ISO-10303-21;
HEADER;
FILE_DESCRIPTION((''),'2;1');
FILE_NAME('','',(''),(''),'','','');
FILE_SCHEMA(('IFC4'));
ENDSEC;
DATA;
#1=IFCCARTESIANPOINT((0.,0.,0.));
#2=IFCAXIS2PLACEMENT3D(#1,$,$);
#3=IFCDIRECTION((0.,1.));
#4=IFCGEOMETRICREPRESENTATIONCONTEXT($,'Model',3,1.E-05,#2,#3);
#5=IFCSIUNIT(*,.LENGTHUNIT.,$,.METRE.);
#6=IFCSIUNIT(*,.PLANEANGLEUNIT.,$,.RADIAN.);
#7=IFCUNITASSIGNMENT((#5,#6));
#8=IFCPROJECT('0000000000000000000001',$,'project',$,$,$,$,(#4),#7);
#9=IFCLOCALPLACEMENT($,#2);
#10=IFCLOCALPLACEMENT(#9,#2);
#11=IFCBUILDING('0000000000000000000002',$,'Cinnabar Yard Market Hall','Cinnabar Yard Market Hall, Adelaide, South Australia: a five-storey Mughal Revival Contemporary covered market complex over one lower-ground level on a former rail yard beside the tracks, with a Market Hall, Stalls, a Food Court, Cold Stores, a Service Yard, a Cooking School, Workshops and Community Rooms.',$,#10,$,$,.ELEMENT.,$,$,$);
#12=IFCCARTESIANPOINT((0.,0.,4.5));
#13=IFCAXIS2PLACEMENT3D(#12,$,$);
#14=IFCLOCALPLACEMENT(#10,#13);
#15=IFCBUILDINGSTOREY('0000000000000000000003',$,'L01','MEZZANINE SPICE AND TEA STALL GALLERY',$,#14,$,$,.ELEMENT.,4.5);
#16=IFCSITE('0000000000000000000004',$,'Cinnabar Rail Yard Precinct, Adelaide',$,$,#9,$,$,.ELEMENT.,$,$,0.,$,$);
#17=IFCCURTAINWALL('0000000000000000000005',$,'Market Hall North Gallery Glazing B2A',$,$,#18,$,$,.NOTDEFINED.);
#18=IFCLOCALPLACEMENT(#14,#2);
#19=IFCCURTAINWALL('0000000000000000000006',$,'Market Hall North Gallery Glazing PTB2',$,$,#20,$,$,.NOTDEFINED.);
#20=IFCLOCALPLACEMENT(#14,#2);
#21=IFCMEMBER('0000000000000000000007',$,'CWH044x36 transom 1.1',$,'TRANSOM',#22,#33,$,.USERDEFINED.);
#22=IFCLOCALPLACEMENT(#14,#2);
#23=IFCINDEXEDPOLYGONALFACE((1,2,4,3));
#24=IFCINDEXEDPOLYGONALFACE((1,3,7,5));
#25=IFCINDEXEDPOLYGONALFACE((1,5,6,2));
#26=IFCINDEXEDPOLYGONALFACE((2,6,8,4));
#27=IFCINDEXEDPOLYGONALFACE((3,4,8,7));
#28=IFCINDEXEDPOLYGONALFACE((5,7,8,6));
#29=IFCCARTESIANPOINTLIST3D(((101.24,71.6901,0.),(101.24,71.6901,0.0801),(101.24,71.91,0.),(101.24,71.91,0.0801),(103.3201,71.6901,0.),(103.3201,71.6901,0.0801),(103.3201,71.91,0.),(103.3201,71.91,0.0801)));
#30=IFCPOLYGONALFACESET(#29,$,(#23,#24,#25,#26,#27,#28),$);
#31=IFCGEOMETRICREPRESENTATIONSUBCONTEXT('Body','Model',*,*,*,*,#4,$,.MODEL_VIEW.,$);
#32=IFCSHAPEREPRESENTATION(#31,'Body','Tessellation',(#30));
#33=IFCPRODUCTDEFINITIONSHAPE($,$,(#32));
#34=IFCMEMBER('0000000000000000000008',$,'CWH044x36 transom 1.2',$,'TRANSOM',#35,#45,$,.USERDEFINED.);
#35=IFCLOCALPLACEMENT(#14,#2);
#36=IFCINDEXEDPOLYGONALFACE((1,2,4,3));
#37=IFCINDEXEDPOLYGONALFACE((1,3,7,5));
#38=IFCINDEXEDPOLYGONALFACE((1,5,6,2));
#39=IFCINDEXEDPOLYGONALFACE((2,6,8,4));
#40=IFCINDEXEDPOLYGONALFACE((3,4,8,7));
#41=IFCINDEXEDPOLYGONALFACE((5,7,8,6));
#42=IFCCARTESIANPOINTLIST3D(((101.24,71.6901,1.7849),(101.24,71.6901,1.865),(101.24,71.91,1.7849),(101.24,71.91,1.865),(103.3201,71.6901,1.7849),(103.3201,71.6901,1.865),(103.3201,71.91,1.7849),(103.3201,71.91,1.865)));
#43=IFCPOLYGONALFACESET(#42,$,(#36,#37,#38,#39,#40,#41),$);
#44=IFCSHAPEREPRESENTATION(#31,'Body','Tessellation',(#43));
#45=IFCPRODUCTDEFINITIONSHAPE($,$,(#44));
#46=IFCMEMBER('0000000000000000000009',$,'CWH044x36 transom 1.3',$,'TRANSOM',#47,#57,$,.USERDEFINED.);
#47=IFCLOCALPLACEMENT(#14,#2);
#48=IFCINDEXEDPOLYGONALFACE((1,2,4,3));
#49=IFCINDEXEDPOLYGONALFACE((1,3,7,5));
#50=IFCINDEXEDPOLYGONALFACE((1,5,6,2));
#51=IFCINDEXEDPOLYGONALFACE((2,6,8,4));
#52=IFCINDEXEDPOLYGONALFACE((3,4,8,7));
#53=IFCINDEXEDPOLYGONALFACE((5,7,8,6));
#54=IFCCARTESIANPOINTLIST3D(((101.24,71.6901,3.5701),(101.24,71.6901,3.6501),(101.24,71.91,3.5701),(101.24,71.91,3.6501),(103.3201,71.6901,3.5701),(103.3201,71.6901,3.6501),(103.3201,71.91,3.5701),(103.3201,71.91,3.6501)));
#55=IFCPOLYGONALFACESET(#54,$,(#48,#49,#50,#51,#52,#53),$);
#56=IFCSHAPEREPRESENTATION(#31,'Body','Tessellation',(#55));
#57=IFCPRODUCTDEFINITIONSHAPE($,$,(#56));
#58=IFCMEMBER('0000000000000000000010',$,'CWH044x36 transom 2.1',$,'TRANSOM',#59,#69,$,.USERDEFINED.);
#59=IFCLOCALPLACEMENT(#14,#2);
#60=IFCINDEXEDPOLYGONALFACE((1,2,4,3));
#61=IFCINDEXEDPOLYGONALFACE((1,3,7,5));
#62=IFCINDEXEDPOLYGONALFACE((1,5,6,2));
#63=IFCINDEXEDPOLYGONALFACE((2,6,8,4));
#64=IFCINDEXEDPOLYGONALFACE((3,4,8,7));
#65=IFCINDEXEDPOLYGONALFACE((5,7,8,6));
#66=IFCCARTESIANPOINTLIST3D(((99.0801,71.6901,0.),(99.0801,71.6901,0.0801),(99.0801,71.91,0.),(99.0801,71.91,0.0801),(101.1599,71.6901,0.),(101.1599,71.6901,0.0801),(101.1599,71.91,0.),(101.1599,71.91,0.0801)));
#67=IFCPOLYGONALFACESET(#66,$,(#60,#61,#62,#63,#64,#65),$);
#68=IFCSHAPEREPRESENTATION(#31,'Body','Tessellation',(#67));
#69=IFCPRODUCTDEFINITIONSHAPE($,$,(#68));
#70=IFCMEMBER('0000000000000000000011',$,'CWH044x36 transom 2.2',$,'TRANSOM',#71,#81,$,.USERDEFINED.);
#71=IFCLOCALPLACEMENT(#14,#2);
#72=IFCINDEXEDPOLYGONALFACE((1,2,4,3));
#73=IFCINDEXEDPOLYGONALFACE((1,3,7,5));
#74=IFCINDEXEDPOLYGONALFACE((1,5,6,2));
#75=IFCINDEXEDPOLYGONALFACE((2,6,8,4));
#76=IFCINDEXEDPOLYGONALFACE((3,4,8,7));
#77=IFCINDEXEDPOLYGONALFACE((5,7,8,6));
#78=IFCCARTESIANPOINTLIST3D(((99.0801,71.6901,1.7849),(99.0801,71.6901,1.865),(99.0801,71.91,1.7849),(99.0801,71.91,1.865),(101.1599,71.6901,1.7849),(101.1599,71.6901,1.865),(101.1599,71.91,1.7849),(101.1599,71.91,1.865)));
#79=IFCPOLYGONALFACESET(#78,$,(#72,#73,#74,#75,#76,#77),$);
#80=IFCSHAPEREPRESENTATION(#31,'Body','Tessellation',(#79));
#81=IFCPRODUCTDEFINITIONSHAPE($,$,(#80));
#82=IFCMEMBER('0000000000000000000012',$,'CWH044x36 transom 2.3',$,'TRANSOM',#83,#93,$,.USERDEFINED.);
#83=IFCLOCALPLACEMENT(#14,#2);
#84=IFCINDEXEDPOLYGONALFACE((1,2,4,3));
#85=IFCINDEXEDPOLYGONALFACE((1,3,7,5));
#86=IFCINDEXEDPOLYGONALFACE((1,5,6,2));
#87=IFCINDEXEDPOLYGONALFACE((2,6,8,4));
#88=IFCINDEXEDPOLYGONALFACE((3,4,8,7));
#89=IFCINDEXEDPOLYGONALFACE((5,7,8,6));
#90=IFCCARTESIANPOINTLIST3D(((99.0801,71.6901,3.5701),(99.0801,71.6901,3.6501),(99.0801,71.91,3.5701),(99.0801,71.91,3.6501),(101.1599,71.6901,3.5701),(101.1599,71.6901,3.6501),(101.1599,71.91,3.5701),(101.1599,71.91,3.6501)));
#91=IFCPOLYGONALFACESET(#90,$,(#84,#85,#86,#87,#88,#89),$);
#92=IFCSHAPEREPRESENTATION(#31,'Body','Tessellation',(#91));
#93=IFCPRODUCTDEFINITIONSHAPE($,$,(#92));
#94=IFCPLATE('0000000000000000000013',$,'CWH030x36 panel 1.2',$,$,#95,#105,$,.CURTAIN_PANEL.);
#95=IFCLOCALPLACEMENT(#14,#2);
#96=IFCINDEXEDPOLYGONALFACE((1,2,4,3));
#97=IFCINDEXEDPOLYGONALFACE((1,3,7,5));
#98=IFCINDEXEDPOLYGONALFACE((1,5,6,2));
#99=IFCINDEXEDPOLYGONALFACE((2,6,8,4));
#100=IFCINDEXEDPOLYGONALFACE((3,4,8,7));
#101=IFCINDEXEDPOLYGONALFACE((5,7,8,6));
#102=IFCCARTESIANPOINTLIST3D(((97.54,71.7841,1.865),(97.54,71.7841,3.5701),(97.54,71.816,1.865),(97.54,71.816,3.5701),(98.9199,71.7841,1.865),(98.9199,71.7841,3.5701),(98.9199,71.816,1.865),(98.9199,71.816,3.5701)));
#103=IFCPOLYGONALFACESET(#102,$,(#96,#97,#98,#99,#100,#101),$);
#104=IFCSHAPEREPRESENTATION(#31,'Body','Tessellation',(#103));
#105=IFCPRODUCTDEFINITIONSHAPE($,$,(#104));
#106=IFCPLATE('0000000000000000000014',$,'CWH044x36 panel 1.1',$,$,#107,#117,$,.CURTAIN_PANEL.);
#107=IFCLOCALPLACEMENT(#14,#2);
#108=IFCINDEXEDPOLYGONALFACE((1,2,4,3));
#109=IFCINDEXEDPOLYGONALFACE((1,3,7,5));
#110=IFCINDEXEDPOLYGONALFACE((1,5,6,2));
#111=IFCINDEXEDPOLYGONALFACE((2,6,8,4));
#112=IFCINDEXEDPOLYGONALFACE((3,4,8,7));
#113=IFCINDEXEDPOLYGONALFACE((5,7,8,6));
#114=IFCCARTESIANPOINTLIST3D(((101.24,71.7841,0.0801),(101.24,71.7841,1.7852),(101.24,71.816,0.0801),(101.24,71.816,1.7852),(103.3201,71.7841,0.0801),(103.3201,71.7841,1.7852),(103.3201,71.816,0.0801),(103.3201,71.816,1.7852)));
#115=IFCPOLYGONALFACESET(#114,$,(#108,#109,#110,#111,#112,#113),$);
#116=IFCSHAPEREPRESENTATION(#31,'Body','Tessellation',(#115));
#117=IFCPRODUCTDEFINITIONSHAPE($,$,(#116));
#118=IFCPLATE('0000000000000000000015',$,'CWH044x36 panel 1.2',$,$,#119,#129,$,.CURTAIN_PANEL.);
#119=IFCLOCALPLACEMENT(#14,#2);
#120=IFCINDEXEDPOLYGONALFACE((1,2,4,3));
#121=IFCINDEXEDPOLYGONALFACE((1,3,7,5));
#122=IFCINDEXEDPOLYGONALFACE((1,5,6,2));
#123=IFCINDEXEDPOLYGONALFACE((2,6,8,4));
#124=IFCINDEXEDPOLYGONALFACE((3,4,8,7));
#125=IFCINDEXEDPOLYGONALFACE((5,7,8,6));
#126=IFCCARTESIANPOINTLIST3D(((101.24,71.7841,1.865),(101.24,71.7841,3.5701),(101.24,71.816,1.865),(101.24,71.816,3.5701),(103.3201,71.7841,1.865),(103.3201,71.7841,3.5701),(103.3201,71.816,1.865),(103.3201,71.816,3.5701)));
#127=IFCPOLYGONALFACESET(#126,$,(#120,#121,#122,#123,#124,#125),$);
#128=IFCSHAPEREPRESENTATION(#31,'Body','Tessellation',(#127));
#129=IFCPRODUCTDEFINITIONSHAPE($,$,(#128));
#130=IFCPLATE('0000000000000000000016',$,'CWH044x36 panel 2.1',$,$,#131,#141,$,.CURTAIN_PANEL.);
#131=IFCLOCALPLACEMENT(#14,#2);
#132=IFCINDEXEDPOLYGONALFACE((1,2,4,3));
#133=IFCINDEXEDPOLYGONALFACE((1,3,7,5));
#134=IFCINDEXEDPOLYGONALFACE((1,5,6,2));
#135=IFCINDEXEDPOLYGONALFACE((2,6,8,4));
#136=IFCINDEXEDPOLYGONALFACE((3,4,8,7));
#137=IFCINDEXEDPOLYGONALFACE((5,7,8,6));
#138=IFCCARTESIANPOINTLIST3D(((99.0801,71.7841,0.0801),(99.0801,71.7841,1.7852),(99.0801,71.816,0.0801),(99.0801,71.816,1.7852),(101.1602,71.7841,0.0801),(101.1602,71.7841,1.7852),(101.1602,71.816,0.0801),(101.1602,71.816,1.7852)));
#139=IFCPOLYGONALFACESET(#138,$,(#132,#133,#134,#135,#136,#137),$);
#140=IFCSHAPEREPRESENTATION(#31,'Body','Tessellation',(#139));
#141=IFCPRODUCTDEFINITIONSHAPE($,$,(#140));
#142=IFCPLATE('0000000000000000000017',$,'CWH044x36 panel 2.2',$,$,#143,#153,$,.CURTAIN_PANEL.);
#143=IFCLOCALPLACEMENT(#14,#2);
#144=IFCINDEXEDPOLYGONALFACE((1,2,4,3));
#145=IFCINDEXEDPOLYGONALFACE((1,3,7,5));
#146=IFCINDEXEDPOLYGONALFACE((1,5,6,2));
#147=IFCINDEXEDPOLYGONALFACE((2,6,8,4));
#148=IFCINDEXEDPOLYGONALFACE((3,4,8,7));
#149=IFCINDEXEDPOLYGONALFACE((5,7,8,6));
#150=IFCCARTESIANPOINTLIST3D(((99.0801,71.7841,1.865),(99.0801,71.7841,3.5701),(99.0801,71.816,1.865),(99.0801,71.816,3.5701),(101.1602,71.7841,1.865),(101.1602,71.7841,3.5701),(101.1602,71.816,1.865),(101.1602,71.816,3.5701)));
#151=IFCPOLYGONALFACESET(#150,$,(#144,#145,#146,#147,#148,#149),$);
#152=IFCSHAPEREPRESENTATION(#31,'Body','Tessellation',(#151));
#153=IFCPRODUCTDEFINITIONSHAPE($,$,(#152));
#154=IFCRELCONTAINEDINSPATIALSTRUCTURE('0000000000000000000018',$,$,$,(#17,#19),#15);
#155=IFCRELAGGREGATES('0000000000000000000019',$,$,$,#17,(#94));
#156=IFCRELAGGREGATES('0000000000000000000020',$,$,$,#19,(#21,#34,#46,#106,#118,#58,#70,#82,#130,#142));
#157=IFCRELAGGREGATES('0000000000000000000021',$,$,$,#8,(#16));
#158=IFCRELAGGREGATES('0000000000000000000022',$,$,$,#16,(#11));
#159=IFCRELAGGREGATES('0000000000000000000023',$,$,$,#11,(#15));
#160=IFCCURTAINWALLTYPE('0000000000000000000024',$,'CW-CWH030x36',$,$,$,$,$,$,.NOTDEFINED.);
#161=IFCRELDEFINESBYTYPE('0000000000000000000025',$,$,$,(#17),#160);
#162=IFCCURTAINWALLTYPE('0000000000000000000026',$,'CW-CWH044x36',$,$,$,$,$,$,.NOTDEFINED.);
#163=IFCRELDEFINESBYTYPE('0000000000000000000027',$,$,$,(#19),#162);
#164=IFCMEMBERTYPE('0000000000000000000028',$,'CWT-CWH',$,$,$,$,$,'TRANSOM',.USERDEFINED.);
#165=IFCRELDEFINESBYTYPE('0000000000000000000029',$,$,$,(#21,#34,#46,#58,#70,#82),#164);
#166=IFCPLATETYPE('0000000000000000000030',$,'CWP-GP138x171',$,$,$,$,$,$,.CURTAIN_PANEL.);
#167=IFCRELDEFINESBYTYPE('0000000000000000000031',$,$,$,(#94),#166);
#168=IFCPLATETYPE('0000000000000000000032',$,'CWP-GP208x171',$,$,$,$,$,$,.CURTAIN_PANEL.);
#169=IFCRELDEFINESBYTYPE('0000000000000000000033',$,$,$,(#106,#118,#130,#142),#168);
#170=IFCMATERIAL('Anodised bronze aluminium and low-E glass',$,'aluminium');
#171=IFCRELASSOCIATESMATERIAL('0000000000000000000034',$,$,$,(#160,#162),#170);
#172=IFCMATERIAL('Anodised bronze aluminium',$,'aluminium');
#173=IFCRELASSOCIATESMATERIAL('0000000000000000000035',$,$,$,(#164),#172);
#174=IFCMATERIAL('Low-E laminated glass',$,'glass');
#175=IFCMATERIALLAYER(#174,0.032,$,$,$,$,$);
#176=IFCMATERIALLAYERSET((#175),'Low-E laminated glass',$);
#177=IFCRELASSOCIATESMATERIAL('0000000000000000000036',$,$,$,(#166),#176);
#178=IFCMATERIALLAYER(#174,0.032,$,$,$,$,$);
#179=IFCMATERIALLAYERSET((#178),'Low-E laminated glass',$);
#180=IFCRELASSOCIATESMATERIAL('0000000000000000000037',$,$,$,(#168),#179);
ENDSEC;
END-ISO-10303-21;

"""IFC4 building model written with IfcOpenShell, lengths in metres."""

from ifc_helpers import new_model, si_unit, direction, frame, origin, origin_2d_with_axis, place, context, subcontext, project, spatial, rectangle, extrude, material, layer, layer_set, material_profile, profile_set, type_object, element, aggregate, save


model = new_model("IFC4")

# Units and contexts
model_context = context("Model", 3, precision=1e-05, world=origin(), true_north=direction((0.0, 1.0)))
body_context = subcontext(model_context, "Body", "Model", "MODEL_VIEW")
ifc_project = project(units=[si_unit("LENGTHUNIT", "METRE"), si_unit("PLANEANGLEUNIT", "RADIAN")], contexts=[model_context])

# Site, building, storey
site_placement = place(None, origin())
site = spatial("IfcSite", under=ifc_project, at=site_placement, Name="Cinnabar Rail Yard Precinct, Adelaide", CompositionType="ELEMENT", RefElevation=0.0)
building_placement = place(site_placement, origin())
building = spatial("IfcBuilding", under=site, at=building_placement, Name="Cinnabar Yard Market Hall", Description="Cinnabar Yard Market Hall, Adelaide, South Australia: a five-storey Mughal Revival Contemporary covered market complex over one lower-ground level on a former rail yard beside the tracks, with a Market Hall, Stalls, a Food Court, Cold Stores, a Service Yard, a Cooking School, Workshops and Community Rooms.", CompositionType="ELEMENT")
storey_placement = place(building_placement, frame((0.0, 0.0, 4.5)))
storey = spatial("IfcBuildingStorey", under=building, at=storey_placement, Name="L01", Description="MEZZANINE SPICE AND TEA STALL GALLERY", CompositionType="ELEMENT", Elevation=4.5)

# Curtain wall
ifc_material_1 = material(Name="Anodised bronze aluminium and low-E glass", Category="aluminium")
curtain_wall_type_1 = type_object("IfcCurtainWallType", Name="CW-CWH030x36", PredefinedType="NOTDEFINED", material=ifc_material_1)
curtain_wall_1_placement = place(storey_placement, origin())
curtain_wall_1 = element("IfcCurtainWall", 1, at=curtain_wall_1_placement, inside=storey, type_object=curtain_wall_type_1, Name="Market Hall North Gallery Glazing B2A", PredefinedType="NOTDEFINED")
ifc_material_2 = material(Name="Anodised bronze aluminium", Category="aluminium")

# Curtain wall
curtain_wall_type_2 = type_object("IfcCurtainWallType", Name="CW-CWH044x36", PredefinedType="NOTDEFINED", material=ifc_material_1)
curtain_wall_2_placement = place(storey_placement, origin())
curtain_wall_2 = element("IfcCurtainWall", 2, at=curtain_wall_2_placement, inside=storey, type_object=curtain_wall_type_2, Name="Market Hall North Gallery Glazing PTB2", PredefinedType="NOTDEFINED")

# Members
ifc_material_profile_1 = material_profile(ifc_material_2, rectangle(XDim=0.22, YDim=0.0801, at=origin_2d_with_axis()), Name="TRN-CWH")
ifc_profile_set_1 = profile_set([ifc_material_profile_1], Name="Anodised bronze aluminium")
member_type_1 = type_object("IfcMemberType", Name="CWT-CWH", ElementType="TRANSOM", PredefinedType="USERDEFINED", material=ifc_profile_set_1)
member_1_placement = place(storey_placement, frame((103.3201, 71.8, 0.04), z_axis=(-1.0, 0.0, 0.0), x_axis=(0.0, -1.0, 0.0)))
member_1 = element("IfcMember", 3, at=member_1_placement, type_object=member_type_1, Name="CWH044x36 transom 1.1", ObjectType="TRANSOM", PredefinedType="USERDEFINED", context=body_context, shape_type="SweptSolid", body=[
    extrude(rectangle(XDim=0.22, YDim=0.0801, at=origin_2d_with_axis()), origin(), (0.0, 0.0, 1.0), 2.0801),
])
member_2_placement = place(storey_placement, frame((103.3201, 71.8, 1.825), z_axis=(-1.0, 0.0, 0.0), x_axis=(0.0, -1.0, 0.0)))
member_2 = element("IfcMember", 4, at=member_2_placement, type_object=member_type_1, Name="CWH044x36 transom 1.2", ObjectType="TRANSOM", PredefinedType="USERDEFINED", context=body_context, shape_type="SweptSolid", body=[
    extrude(rectangle(XDim=0.22, YDim=0.0801, at=origin_2d_with_axis()), origin(), (0.0, 0.0, 1.0), 2.0801),
])
member_3_placement = place(storey_placement, frame((103.3201, 71.8, 3.6101), z_axis=(-1.0, 0.0, 0.0), x_axis=(0.0, -1.0, 0.0)))
member_3 = element("IfcMember", 5, at=member_3_placement, type_object=member_type_1, Name="CWH044x36 transom 1.3", ObjectType="TRANSOM", PredefinedType="USERDEFINED", context=body_context, shape_type="SweptSolid", body=[
    extrude(rectangle(XDim=0.22, YDim=0.0801, at=origin_2d_with_axis()), origin(), (0.0, 0.0, 1.0), 2.0801),
])
member_4_placement = place(storey_placement, frame((101.1599, 71.8, 0.04), z_axis=(-1.0, 0.0, 0.0), x_axis=(0.0, -1.0, 0.0)))
member_4 = element("IfcMember", 6, at=member_4_placement, type_object=member_type_1, Name="CWH044x36 transom 2.1", ObjectType="TRANSOM", PredefinedType="USERDEFINED", context=body_context, shape_type="SweptSolid", body=[
    extrude(rectangle(XDim=0.22, YDim=0.0801, at=origin_2d_with_axis()), origin(), (0.0, 0.0, 1.0), 2.0798),
])
member_5_placement = place(storey_placement, frame((101.1599, 71.8, 1.825), z_axis=(-1.0, 0.0, 0.0), x_axis=(0.0, -1.0, 0.0)))
member_5 = element("IfcMember", 7, at=member_5_placement, type_object=member_type_1, Name="CWH044x36 transom 2.2", ObjectType="TRANSOM", PredefinedType="USERDEFINED", context=body_context, shape_type="SweptSolid", body=[
    extrude(rectangle(XDim=0.22, YDim=0.0801, at=origin_2d_with_axis()), origin(), (0.0, 0.0, 1.0), 2.0798),
])
member_6_placement = place(storey_placement, frame((101.1599, 71.8, 3.6101), z_axis=(-1.0, 0.0, 0.0), x_axis=(0.0, -1.0, 0.0)))
member_6 = element("IfcMember", 8, at=member_6_placement, type_object=member_type_1, Name="CWH044x36 transom 2.3", ObjectType="TRANSOM", PredefinedType="USERDEFINED", context=body_context, shape_type="SweptSolid", body=[
    extrude(rectangle(XDim=0.22, YDim=0.0801, at=origin_2d_with_axis()), origin(), (0.0, 0.0, 1.0), 2.0798),
])

# Plates
ifc_material_3 = material(Name="Low-E laminated glass", Category="glass")
ifc_layer_1 = layer(ifc_material_3, 0.032)
ifc_layer_set_1 = layer_set([ifc_layer_1], Name="Low-E laminated glass")
plate_type_1 = type_object("IfcPlateType", Name="CWP-GP138x171", PredefinedType="CURTAIN_PANEL", material=ifc_layer_set_1)
plate_1_placement = place(storey_placement, frame((98.23, 71.8, 1.865), z_axis=(0.0, 0.0, 1.0), x_axis=(-1.0, 0.0, 0.0)))
plate_1 = element("IfcPlate", 9, at=plate_1_placement, type_object=plate_type_1, Name="CWH030x36 panel 1.2", PredefinedType="CURTAIN_PANEL", context=body_context, shape_type="SweptSolid", body=[
    extrude(rectangle(XDim=1.3799, YDim=0.032, at=origin_2d_with_axis()), origin(), (0.0, 0.0, 1.0), 1.7051),
])
aggregate(curtain_wall_1, [plate_1])
ifc_layer_2 = layer(ifc_material_3, 0.032)
ifc_layer_set_2 = layer_set([ifc_layer_2], Name="Low-E laminated glass")
plate_type_2 = type_object("IfcPlateType", Name="CWP-GP208x171", PredefinedType="CURTAIN_PANEL", material=ifc_layer_set_2)
plate_2_placement = place(storey_placement, frame((102.28, 71.8, 0.0801), z_axis=(0.0, 0.0, 1.0), x_axis=(-1.0, 0.0, 0.0)))
plate_2 = element("IfcPlate", 10, at=plate_2_placement, type_object=plate_type_2, Name="CWH044x36 panel 1.1", PredefinedType="CURTAIN_PANEL", context=body_context, shape_type="SweptSolid", body=[
    extrude(rectangle(XDim=2.0801, YDim=0.032, at=origin_2d_with_axis()), origin(), (0.0, 0.0, 1.0), 1.7051),
])
plate_3_placement = place(storey_placement, frame((102.28, 71.8, 1.865), z_axis=(0.0, 0.0, 1.0), x_axis=(-1.0, 0.0, 0.0)))
plate_3 = element("IfcPlate", 11, at=plate_3_placement, type_object=plate_type_2, Name="CWH044x36 panel 1.2", PredefinedType="CURTAIN_PANEL", context=body_context, shape_type="SweptSolid", body=[
    extrude(rectangle(XDim=2.0801, YDim=0.032, at=origin_2d_with_axis()), origin(), (0.0, 0.0, 1.0), 1.7051),
])
plate_4_placement = place(storey_placement, frame((100.1201, 71.8, 0.0801), z_axis=(0.0, 0.0, 1.0), x_axis=(-1.0, 0.0, 0.0)))
plate_4 = element("IfcPlate", 12, at=plate_4_placement, type_object=plate_type_2, Name="CWH044x36 panel 2.1", PredefinedType="CURTAIN_PANEL", context=body_context, shape_type="SweptSolid", body=[
    extrude(rectangle(XDim=2.0801, YDim=0.032, at=origin_2d_with_axis()), origin(), (0.0, 0.0, 1.0), 1.7051),
])
plate_5_placement = place(storey_placement, frame((100.1201, 71.8, 1.865), z_axis=(0.0, 0.0, 1.0), x_axis=(-1.0, 0.0, 0.0)))
plate_5 = element("IfcPlate", 13, at=plate_5_placement, type_object=plate_type_2, Name="CWH044x36 panel 2.2", PredefinedType="CURTAIN_PANEL", context=body_context, shape_type="SweptSolid", body=[
    extrude(rectangle(XDim=2.0801, YDim=0.032, at=origin_2d_with_axis()), origin(), (0.0, 0.0, 1.0), 1.7051),
])
aggregate(curtain_wall_2, [member_1, member_2, member_3, plate_2, plate_3, member_4, member_5, member_6, plate_4, plate_5])

save(model, "model.ifc")
